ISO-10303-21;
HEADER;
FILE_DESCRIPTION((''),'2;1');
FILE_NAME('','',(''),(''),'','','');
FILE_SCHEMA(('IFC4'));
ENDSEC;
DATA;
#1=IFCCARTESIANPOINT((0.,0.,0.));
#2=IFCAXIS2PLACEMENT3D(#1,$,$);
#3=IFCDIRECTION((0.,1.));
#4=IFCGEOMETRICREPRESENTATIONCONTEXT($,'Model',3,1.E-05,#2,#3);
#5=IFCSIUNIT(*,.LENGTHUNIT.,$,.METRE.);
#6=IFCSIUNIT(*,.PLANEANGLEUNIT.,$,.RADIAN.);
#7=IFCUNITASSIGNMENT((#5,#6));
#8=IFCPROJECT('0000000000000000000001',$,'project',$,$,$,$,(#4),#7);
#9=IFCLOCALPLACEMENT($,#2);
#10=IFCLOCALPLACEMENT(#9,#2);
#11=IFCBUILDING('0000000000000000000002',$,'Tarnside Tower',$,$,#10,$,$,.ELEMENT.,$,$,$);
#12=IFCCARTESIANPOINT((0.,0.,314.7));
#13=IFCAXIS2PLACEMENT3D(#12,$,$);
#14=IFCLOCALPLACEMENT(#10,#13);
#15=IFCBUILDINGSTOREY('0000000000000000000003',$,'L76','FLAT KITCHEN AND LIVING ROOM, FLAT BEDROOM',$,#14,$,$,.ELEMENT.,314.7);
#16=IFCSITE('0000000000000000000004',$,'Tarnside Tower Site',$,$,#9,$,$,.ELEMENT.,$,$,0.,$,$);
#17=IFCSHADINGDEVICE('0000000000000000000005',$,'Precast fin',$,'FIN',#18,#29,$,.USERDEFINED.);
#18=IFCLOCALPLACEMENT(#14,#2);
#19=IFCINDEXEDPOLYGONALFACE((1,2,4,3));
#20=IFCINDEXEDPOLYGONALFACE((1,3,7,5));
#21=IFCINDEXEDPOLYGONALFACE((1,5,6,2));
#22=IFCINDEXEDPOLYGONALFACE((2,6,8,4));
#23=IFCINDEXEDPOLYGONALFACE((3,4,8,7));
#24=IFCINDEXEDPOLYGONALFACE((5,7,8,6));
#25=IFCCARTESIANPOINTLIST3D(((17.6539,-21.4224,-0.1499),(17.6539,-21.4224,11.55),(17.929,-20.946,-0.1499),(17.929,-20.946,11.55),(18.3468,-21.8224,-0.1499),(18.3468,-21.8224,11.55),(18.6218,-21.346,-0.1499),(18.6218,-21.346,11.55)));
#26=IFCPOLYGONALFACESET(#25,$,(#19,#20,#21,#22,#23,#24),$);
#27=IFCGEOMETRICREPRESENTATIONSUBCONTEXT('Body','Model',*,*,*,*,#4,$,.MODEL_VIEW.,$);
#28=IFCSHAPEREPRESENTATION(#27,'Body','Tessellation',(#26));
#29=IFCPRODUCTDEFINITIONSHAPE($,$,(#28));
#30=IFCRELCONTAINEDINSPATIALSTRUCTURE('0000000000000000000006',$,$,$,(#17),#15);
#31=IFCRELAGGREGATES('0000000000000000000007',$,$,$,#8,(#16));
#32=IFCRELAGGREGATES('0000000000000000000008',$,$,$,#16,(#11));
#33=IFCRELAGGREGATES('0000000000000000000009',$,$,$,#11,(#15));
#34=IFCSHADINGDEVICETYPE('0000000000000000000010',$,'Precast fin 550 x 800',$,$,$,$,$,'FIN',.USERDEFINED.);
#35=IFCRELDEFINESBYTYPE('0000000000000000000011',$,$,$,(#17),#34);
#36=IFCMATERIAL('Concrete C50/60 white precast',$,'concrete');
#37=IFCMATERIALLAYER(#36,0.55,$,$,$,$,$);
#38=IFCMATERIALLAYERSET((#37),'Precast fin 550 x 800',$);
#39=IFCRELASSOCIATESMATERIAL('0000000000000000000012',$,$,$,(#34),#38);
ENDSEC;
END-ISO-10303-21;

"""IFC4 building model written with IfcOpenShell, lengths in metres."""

from ifc_helpers import new_model, si_unit, direction, frame, origin, place, context, subcontext, project, spatial, polyline, outline, extrude, material, layer, layer_set, type_object, element, save


model = new_model("IFC4")

# Units and contexts
model_context = context("Model", 3, precision=1e-05, world=origin(), true_north=direction((0.0, 1.0)))
body_context = subcontext(model_context, "Body", "Model", "MODEL_VIEW")
ifc_project = project(units=[si_unit("LENGTHUNIT", "METRE"), si_unit("PLANEANGLEUNIT", "RADIAN")], contexts=[model_context])

# Site, building, storey
site_placement = place(None, origin())
site = spatial("IfcSite", under=ifc_project, at=site_placement, Name="Tarnside Tower Site", CompositionType="ELEMENT", RefElevation=0.0)
building_placement = place(site_placement, origin())
building = spatial("IfcBuilding", under=site, at=building_placement, Name="Tarnside Tower", CompositionType="ELEMENT")
storey_placement = place(building_placement, frame((0.0, 0.0, 314.7)))
storey = spatial("IfcBuildingStorey", under=building, at=storey_placement, Name="L76", Description="FLAT KITCHEN AND LIVING ROOM, FLAT BEDROOM", CompositionType="ELEMENT", Elevation=314.7)

# Shading device
ifc_material_1 = material(Name="Concrete C50/60 white precast", Category="concrete")
ifc_layer_1 = layer(ifc_material_1, 0.55)
ifc_layer_set_1 = layer_set([ifc_layer_1], Name="Precast fin 550 x 800")
shading_device_type_1 = type_object("IfcShadingDeviceType", Name="Precast fin 550 x 800", ElementType="FIN", PredefinedType="USERDEFINED", material=ifc_layer_set_1)
for number, where, z_axis, x_axis, name in (
    (1, (17.7915, -21.1841, -0.1499), (-0.5, -0.866025, 0.0), (0.866025, -0.5, 0.0), "Precast fin"),
):
    element("IfcShadingDevice", number, at=place(storey_placement, frame(where, z_axis=z_axis, x_axis=x_axis)), inside=storey, type_object=shading_device_type_1, Name=name, ObjectType="FIN", PredefinedType="USERDEFINED", context=body_context, shape_type="SweptSolid", body=[
        extrude(outline(polyline([(0.0, 0.0), (0.8, 0.0), (0.8, 11.7), (0.0, 11.7), (0.0, 0.0)])), frame((0.0, 0.0, -0.2749)), (0.0, 0.0, 1.0), 0.55),
    ])

save(model, "model.ifc")
